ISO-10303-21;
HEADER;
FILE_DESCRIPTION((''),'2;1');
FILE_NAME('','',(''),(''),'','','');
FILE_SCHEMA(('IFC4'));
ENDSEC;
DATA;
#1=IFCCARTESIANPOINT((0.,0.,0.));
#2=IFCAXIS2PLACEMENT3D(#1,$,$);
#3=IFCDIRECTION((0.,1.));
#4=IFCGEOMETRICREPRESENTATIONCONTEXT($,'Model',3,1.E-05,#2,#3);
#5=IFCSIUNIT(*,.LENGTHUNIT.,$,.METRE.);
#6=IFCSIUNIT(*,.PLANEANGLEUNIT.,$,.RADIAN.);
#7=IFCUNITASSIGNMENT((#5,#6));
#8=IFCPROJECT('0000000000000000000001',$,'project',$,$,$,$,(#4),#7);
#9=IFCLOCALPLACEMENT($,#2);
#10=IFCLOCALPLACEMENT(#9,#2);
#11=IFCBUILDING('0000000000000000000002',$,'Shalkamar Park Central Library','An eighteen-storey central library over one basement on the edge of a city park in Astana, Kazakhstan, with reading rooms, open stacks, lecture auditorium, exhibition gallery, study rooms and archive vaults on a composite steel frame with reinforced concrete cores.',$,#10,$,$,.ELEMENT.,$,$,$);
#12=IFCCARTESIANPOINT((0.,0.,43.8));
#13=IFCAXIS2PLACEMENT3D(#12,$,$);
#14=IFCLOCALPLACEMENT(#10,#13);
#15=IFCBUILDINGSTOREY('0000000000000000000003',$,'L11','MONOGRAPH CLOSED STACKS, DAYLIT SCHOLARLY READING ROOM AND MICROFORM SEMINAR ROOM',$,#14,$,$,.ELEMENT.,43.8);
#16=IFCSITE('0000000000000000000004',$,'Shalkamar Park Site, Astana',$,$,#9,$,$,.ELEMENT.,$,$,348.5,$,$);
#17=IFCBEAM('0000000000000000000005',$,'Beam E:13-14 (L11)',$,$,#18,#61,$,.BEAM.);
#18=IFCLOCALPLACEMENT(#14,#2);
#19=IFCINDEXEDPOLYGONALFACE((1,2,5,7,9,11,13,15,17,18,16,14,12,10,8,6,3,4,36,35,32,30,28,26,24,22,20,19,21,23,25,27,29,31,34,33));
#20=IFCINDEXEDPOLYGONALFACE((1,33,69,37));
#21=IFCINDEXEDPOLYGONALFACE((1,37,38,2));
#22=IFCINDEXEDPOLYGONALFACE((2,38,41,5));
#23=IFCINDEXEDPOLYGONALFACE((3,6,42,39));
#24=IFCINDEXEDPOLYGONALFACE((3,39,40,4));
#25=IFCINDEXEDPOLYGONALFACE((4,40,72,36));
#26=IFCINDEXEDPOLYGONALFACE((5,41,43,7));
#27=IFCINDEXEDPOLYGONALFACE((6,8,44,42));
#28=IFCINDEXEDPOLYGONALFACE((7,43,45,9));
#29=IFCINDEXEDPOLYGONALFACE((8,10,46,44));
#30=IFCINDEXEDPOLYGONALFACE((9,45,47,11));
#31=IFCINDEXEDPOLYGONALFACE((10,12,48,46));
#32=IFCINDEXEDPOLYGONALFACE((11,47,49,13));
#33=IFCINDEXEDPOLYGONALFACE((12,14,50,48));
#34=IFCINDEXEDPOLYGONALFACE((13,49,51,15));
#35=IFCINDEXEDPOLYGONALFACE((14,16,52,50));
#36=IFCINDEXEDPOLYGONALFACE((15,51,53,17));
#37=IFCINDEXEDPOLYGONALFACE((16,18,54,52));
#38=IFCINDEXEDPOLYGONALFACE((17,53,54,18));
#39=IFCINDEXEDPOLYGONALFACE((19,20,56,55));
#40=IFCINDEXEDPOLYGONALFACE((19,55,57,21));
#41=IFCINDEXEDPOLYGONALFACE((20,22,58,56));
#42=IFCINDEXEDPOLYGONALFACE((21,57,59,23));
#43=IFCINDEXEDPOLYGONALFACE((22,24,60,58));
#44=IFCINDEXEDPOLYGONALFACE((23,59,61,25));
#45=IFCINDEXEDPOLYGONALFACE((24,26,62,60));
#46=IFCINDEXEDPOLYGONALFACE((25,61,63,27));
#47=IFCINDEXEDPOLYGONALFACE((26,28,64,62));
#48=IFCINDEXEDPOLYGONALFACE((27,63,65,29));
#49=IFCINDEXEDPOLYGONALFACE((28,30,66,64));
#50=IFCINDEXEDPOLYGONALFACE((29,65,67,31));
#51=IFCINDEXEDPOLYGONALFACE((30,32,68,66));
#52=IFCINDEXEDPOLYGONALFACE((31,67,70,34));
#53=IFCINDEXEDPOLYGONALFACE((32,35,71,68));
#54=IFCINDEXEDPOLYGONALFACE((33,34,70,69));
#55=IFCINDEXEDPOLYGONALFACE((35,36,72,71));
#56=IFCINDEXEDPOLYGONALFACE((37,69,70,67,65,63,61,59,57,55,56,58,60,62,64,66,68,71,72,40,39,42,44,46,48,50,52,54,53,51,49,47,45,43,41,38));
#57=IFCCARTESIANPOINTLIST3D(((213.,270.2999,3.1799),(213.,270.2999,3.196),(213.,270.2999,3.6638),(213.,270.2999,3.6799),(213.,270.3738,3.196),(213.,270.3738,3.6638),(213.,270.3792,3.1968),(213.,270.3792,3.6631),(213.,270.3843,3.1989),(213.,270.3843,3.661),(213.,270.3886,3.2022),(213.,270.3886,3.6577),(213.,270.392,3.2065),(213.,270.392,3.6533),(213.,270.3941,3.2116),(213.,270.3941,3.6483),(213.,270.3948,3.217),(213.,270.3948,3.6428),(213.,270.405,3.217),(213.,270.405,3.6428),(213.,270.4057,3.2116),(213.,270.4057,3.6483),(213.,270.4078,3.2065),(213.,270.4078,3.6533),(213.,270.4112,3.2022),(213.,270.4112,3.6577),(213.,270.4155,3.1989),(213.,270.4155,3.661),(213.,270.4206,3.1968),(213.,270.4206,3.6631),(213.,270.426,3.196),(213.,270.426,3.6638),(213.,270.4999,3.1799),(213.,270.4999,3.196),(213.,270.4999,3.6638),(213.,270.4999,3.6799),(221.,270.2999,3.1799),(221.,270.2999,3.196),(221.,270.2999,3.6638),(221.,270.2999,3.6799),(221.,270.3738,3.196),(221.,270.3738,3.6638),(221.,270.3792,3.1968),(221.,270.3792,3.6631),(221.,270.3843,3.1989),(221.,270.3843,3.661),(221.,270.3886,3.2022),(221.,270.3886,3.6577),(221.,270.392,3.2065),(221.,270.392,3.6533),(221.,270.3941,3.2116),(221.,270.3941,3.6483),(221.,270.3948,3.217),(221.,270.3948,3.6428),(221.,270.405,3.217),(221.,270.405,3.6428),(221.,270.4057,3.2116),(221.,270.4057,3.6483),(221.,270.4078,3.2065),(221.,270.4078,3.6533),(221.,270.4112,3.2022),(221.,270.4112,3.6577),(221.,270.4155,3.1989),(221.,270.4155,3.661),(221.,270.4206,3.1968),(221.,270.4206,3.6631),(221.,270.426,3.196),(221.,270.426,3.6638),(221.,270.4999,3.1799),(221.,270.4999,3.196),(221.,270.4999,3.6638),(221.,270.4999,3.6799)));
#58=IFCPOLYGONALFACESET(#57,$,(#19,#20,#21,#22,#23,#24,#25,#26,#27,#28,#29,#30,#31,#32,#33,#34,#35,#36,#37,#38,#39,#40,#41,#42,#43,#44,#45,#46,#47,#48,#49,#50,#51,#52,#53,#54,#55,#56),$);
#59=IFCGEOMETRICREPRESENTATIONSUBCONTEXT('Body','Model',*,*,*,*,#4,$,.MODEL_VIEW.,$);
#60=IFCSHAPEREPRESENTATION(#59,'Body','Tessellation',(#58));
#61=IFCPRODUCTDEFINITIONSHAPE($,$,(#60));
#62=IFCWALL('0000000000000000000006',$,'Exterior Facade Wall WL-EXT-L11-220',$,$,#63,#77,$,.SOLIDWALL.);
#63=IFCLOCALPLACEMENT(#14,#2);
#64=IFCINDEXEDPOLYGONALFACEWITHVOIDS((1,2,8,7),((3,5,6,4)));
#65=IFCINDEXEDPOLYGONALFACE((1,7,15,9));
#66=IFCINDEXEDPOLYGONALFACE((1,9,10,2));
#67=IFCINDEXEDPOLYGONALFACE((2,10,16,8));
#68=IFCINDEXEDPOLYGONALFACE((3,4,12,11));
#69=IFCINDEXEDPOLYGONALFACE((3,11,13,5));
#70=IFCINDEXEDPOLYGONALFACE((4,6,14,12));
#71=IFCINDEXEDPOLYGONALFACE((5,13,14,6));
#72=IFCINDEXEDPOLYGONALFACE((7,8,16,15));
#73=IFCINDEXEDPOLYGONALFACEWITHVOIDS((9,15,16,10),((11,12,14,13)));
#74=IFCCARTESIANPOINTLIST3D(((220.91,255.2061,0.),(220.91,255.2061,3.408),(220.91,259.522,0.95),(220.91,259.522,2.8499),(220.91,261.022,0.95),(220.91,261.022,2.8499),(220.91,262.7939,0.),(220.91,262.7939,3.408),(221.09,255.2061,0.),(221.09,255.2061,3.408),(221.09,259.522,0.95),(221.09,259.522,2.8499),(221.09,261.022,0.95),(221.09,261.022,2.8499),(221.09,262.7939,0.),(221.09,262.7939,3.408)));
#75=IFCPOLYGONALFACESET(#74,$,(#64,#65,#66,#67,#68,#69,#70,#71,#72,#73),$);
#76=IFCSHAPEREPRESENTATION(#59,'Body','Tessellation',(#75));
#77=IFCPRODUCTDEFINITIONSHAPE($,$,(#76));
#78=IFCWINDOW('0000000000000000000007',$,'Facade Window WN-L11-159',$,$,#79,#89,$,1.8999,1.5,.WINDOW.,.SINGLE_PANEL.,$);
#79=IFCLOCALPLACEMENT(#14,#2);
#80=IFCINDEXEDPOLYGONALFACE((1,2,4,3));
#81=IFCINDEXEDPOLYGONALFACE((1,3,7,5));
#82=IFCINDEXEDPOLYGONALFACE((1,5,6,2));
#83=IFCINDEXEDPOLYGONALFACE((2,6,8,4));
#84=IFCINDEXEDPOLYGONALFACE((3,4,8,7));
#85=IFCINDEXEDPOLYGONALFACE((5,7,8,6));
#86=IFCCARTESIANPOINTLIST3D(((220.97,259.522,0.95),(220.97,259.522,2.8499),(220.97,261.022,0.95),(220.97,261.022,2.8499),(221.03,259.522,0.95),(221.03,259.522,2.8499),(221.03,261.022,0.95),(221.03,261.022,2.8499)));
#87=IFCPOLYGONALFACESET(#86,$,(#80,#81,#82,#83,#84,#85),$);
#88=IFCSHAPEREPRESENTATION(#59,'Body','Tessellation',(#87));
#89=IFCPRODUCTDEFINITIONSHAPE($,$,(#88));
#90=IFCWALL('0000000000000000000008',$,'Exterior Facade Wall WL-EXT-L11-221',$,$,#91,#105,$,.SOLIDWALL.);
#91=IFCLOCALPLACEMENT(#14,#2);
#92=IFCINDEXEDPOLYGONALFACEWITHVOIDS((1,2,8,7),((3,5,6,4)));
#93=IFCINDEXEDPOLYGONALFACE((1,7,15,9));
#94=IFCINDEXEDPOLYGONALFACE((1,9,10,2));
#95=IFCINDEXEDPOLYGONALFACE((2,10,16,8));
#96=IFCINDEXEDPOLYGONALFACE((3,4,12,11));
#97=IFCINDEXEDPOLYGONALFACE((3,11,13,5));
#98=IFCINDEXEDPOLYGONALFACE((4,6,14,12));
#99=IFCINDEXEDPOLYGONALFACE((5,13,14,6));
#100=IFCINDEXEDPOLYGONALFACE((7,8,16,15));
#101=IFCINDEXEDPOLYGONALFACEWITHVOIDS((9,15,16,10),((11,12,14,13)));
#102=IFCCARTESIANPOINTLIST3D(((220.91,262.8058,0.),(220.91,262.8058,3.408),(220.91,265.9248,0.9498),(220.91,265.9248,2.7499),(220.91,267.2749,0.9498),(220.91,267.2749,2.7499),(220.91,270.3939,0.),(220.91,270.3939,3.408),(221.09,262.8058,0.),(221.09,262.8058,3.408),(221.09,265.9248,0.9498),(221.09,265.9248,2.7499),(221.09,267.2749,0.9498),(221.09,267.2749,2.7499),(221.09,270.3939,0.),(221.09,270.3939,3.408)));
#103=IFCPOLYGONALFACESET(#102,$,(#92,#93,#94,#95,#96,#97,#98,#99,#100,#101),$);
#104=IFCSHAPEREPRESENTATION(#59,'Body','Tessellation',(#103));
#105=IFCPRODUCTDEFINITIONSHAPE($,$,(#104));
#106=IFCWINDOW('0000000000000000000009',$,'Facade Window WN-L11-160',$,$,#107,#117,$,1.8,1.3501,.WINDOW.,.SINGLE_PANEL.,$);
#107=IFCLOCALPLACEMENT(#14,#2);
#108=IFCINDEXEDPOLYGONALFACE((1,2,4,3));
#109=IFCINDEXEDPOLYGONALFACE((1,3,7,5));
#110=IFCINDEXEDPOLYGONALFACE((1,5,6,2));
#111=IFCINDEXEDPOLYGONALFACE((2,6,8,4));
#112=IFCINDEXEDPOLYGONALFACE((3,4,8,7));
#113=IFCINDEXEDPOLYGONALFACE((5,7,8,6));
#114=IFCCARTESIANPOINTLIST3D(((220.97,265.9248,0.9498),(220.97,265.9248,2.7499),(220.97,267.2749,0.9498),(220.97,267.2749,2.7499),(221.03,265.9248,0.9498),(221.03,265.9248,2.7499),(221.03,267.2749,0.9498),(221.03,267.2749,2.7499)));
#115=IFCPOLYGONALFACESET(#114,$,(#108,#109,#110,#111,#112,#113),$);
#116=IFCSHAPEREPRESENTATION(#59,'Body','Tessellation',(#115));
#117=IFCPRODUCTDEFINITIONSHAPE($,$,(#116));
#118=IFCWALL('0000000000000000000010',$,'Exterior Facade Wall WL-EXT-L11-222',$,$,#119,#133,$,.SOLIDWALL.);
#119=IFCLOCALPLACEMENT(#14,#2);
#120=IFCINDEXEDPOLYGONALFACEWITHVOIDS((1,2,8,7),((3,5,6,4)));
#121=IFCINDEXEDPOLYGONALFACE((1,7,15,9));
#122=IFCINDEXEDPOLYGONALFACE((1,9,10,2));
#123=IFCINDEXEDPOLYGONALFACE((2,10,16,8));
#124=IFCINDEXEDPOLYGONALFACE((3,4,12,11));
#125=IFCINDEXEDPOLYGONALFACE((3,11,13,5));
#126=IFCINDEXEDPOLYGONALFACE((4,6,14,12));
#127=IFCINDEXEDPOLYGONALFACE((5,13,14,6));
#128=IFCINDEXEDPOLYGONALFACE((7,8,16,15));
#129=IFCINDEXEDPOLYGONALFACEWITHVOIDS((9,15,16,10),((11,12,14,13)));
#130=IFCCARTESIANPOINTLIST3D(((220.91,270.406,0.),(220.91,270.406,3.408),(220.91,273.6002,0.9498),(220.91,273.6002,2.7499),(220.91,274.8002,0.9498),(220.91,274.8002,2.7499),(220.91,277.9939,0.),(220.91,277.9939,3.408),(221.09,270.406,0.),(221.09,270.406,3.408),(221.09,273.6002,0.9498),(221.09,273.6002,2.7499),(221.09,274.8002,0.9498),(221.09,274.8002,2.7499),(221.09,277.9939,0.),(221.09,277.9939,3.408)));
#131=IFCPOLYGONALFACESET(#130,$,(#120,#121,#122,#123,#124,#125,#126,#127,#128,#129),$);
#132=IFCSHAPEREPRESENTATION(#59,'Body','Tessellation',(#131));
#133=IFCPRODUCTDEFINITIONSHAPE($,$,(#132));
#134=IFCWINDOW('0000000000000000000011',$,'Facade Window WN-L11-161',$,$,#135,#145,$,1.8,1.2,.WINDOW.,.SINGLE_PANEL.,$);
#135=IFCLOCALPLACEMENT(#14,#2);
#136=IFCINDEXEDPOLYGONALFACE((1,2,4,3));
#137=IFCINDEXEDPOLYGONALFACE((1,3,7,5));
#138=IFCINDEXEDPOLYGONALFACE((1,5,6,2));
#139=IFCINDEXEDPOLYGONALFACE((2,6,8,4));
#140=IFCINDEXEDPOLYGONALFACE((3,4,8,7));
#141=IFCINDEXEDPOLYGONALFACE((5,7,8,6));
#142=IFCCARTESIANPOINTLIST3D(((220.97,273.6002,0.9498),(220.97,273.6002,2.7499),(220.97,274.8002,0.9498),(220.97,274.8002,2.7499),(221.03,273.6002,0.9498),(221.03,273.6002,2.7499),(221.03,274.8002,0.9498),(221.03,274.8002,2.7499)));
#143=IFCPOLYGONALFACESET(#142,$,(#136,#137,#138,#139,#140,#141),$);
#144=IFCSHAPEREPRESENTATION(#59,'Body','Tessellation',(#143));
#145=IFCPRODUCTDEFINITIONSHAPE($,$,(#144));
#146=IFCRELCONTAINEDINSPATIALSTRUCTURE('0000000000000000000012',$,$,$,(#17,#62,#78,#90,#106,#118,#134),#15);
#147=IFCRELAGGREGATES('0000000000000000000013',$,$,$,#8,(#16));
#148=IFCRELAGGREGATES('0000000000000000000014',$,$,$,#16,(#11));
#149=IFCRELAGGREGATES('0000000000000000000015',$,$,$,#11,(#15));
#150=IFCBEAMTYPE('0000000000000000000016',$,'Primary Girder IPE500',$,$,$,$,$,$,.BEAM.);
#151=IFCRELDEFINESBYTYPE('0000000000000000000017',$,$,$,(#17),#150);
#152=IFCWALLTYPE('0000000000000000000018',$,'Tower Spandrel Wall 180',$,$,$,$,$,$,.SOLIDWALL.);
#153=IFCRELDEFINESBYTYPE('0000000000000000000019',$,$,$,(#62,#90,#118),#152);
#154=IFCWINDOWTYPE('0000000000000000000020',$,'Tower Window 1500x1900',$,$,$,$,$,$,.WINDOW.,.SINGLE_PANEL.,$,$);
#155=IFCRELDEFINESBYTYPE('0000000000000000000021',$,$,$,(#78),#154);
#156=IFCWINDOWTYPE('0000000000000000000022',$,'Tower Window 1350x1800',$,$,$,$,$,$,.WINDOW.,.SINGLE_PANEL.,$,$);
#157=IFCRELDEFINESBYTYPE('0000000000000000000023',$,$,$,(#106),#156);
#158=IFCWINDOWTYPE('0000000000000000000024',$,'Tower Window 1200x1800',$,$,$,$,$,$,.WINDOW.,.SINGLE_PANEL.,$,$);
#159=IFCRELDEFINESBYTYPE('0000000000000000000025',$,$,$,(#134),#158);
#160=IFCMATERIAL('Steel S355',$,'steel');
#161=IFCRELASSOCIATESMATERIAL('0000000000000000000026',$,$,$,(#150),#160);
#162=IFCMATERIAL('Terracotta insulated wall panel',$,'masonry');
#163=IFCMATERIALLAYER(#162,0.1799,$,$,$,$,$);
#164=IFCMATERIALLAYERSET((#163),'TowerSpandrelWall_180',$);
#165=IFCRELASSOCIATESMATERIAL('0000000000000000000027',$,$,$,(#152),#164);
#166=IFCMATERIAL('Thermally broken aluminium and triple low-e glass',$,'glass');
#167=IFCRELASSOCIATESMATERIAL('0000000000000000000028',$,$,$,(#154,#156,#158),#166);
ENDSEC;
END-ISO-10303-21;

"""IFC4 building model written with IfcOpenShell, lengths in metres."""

from ifc_helpers import new_model, si_unit, direction, frame, frame_2d, origin, origin_2d, place, context, subcontext, project, spatial, rectangle, i_section, extrude, material, layer, layer_set, material_profile, profile_set, type_object, element, fill, save


model = new_model("IFC4")

# Units and contexts
model_context = context("Model", 3, precision=1e-05, world=origin(), true_north=direction((0.0, 1.0)))
body_context = subcontext(model_context, "Body", "Model", "MODEL_VIEW")
ifc_project = project(units=[si_unit("LENGTHUNIT", "METRE"), si_unit("PLANEANGLEUNIT", "RADIAN")], contexts=[model_context])

# Site, building, storey
site_placement = place(None, origin())
site = spatial("IfcSite", under=ifc_project, at=site_placement, Name="Shalkamar Park Site, Astana", CompositionType="ELEMENT", RefElevation=348.5)
building_placement = place(site_placement, origin())
building = spatial("IfcBuilding", under=site, at=building_placement, Name="Shalkamar Park Central Library", Description="An eighteen-storey central library over one basement on the edge of a city park in Astana, Kazakhstan, with reading rooms, open stacks, lecture auditorium, exhibition gallery, study rooms and archive vaults on a composite steel frame with reinforced concrete cores.", CompositionType="ELEMENT")
storey_placement = place(building_placement, frame((0.0, 0.0, 43.8)))
storey = spatial("IfcBuildingStorey", under=building, at=storey_placement, Name="L11", Description="MONOGRAPH CLOSED STACKS, DAYLIT SCHOLARLY READING ROOM AND MICROFORM SEMINAR ROOM", CompositionType="ELEMENT", Elevation=43.8)

# Shared definitions
ifc_material_1 = material(Name="Steel S355", Category="steel")

# Beam
ifc_material_profile_1 = material_profile(ifc_material_1, i_section(OverallWidth=0.2, OverallDepth=0.5, WebThickness=0.0103, FlangeThickness=0.0161, FilletRadius=0.021, at=origin_2d()), Name="IPE 500")
ifc_profile_set_1 = profile_set([ifc_material_profile_1], Name="Steel S355")
beam_type_1 = type_object("IfcBeamType", Name="Primary Girder IPE500", PredefinedType="BEAM", material=ifc_profile_set_1)
for number, where, z_axis, x_axis, name in (
    (1, (213.0, 270.3999, 3.4299), (1.0, 0.0, 0.0), (0.0, 1.0, 0.0), "Beam E:13-14 (L11)"),
):
    element("IfcBeam", number, at=place(storey_placement, frame(where, z_axis=z_axis, x_axis=x_axis)), inside=storey, type_object=beam_type_1, Name=name, PredefinedType="BEAM", context=body_context, shape_type="SweptSolid", body=[
        extrude(i_section(OverallWidth=0.2, OverallDepth=0.5, WebThickness=0.0103, FlangeThickness=0.0161, FilletRadius=0.021, at=origin_2d()), origin(), (0.0, 0.0, 1.0), 8.0),
    ])

# Walls, openings, windows
ifc_material_2 = material(Name="Terracotta insulated wall panel", Category="masonry")
ifc_layer = layer(ifc_material_2, 0.1799)
ifc_layer_set = layer_set([ifc_layer], Name="TowerSpandrelWall_180")
wall_type = type_object("IfcWallType", Name="Tower Spandrel Wall 180", PredefinedType="SOLIDWALL", material=ifc_layer_set)
wall_1_placement = place(storey_placement, frame((221.0, 255.2061, 0.0), z_axis=(0.0, 0.0, 1.0), x_axis=(0.0, 1.0, 0.0)))
wall_1 = element("IfcWall", 2, at=wall_1_placement, inside=storey, type_object=wall_type, Name="Exterior Facade Wall WL-EXT-L11-220", PredefinedType="SOLIDWALL", context=body_context, shape_type="SweptSolid", body=[
    extrude(rectangle(XDim=7.5879, YDim=0.1799, at=frame_2d((3.7939, 0.0))), origin(), (0.0, 0.0, 1.0), 3.408),
])
opening_1_placement = place(wall_1_placement, frame((4.3159, 0.0, 0.95)))
opening_1 = element("IfcOpeningElement", 3, at=opening_1_placement, cuts=wall_1, PredefinedType="OPENING", context=body_context, shape_type="SweptSolid", body=[
    extrude(rectangle(XDim=1.5, YDim=1.8999, at=frame_2d((0.75, 0.95))), frame((0.0, 0.105, 0.0), z_axis=(0.0, -1.0, 0.0), x_axis=(1.0, 0.0, 0.0)), (0.0, 0.0, 1.0), 0.2097),
])
ifc_material_3 = material(Name="Thermally broken aluminium and triple low-e glass", Category="glass")
window_type_1 = type_object("IfcWindowType", Name="Tower Window 1500x1900", PartitioningType="SINGLE_PANEL", PredefinedType="WINDOW", material=ifc_material_3)
window_1_placement = place(opening_1_placement, origin())
window_1 = element("IfcWindow", 4, at=window_1_placement, inside=storey, type_object=window_type_1, Name="Facade Window WN-L11-159", OverallHeight=1.8999, OverallWidth=1.5, PartitioningType="SINGLE_PANEL", PredefinedType="WINDOW", context=body_context, shape_type="SweptSolid", body=[
    extrude(rectangle(XDim=1.5, YDim=1.8999, at=frame_2d((0.75, 0.95))), frame((0.0, 0.03, 0.0), z_axis=(0.0, -1.0, 0.0), x_axis=(1.0, 0.0, 0.0)), (0.0, 0.0, 1.0), 0.0601),
])
fill(opening_1, window_1)
wall_2_placement = place(storey_placement, frame((221.0, 262.8059, 0.0), z_axis=(0.0, 0.0, 1.0), x_axis=(0.0, 1.0, 0.0)))
wall_2 = element("IfcWall", 5, at=wall_2_placement, inside=storey, type_object=wall_type, Name="Exterior Facade Wall WL-EXT-L11-221", PredefinedType="SOLIDWALL", context=body_context, shape_type="SweptSolid", body=[
    extrude(rectangle(XDim=7.5881, YDim=0.1799, at=frame_2d((3.7939, 0.0))), origin(), (0.0, 0.0, 1.0), 3.408),
])
opening_2_placement = place(wall_2_placement, frame((3.1189, 0.0, 0.95)))
opening_2 = element("IfcOpeningElement", 6, at=opening_2_placement, cuts=wall_2, PredefinedType="OPENING", context=body_context, shape_type="SweptSolid", body=[
    extrude(rectangle(XDim=1.3501, YDim=1.8, at=frame_2d((0.675, 0.8999))), frame((0.0, 0.105, 0.0), z_axis=(0.0, -1.0, 0.0), x_axis=(1.0, 0.0, 0.0)), (0.0, 0.0, 1.0), 0.2097),
])
window_type_2 = type_object("IfcWindowType", Name="Tower Window 1350x1800", PartitioningType="SINGLE_PANEL", PredefinedType="WINDOW", material=ifc_material_3)
window_2_placement = place(opening_2_placement, origin())
window_2 = element("IfcWindow", 7, at=window_2_placement, inside=storey, type_object=window_type_2, Name="Facade Window WN-L11-160", OverallHeight=1.8, OverallWidth=1.3501, PartitioningType="SINGLE_PANEL", PredefinedType="WINDOW", context=body_context, shape_type="SweptSolid", body=[
    extrude(rectangle(XDim=1.3501, YDim=1.8, at=frame_2d((0.675, 0.8999))), frame((0.0, 0.03, 0.0), z_axis=(0.0, -1.0, 0.0), x_axis=(1.0, 0.0, 0.0)), (0.0, 0.0, 1.0), 0.0601),
])
fill(opening_2, window_2)
wall_3_placement = place(storey_placement, frame((221.0, 270.406, 0.0), z_axis=(0.0, 0.0, 1.0), x_axis=(0.0, 1.0, 0.0)))
wall_3 = element("IfcWall", 8, at=wall_3_placement, inside=storey, type_object=wall_type, Name="Exterior Facade Wall WL-EXT-L11-222", PredefinedType="SOLIDWALL", context=body_context, shape_type="SweptSolid", body=[
    extrude(rectangle(XDim=7.5879, YDim=0.1799, at=frame_2d((3.7939, 0.0))), origin(), (0.0, 0.0, 1.0), 3.408),
])
opening_3_placement = place(wall_3_placement, frame((3.1941, 0.0, 0.95)))
opening_3 = element("IfcOpeningElement", 9, at=opening_3_placement, cuts=wall_3, PredefinedType="OPENING", context=body_context, shape_type="SweptSolid", body=[
    extrude(rectangle(XDim=1.2, YDim=1.8, at=frame_2d((0.6001, 0.8999))), frame((0.0, 0.105, 0.0), z_axis=(0.0, -1.0, 0.0), x_axis=(1.0, 0.0, 0.0)), (0.0, 0.0, 1.0), 0.2097),
])
window_type_3 = type_object("IfcWindowType", Name="Tower Window 1200x1800", PartitioningType="SINGLE_PANEL", PredefinedType="WINDOW", material=ifc_material_3)
window_3_placement = place(opening_3_placement, origin())
window_3 = element("IfcWindow", 10, at=window_3_placement, inside=storey, type_object=window_type_3, Name="Facade Window WN-L11-161", OverallHeight=1.8, OverallWidth=1.2, PartitioningType="SINGLE_PANEL", PredefinedType="WINDOW", context=body_context, shape_type="SweptSolid", body=[
    extrude(rectangle(XDim=1.2, YDim=1.8, at=frame_2d((0.6001, 0.8999))), frame((0.0, 0.03, 0.0), z_axis=(0.0, -1.0, 0.0), x_axis=(1.0, 0.0, 0.0)), (0.0, 0.0, 1.0), 0.0601),
])
fill(opening_3, window_3)

save(model, "model.ifc")
